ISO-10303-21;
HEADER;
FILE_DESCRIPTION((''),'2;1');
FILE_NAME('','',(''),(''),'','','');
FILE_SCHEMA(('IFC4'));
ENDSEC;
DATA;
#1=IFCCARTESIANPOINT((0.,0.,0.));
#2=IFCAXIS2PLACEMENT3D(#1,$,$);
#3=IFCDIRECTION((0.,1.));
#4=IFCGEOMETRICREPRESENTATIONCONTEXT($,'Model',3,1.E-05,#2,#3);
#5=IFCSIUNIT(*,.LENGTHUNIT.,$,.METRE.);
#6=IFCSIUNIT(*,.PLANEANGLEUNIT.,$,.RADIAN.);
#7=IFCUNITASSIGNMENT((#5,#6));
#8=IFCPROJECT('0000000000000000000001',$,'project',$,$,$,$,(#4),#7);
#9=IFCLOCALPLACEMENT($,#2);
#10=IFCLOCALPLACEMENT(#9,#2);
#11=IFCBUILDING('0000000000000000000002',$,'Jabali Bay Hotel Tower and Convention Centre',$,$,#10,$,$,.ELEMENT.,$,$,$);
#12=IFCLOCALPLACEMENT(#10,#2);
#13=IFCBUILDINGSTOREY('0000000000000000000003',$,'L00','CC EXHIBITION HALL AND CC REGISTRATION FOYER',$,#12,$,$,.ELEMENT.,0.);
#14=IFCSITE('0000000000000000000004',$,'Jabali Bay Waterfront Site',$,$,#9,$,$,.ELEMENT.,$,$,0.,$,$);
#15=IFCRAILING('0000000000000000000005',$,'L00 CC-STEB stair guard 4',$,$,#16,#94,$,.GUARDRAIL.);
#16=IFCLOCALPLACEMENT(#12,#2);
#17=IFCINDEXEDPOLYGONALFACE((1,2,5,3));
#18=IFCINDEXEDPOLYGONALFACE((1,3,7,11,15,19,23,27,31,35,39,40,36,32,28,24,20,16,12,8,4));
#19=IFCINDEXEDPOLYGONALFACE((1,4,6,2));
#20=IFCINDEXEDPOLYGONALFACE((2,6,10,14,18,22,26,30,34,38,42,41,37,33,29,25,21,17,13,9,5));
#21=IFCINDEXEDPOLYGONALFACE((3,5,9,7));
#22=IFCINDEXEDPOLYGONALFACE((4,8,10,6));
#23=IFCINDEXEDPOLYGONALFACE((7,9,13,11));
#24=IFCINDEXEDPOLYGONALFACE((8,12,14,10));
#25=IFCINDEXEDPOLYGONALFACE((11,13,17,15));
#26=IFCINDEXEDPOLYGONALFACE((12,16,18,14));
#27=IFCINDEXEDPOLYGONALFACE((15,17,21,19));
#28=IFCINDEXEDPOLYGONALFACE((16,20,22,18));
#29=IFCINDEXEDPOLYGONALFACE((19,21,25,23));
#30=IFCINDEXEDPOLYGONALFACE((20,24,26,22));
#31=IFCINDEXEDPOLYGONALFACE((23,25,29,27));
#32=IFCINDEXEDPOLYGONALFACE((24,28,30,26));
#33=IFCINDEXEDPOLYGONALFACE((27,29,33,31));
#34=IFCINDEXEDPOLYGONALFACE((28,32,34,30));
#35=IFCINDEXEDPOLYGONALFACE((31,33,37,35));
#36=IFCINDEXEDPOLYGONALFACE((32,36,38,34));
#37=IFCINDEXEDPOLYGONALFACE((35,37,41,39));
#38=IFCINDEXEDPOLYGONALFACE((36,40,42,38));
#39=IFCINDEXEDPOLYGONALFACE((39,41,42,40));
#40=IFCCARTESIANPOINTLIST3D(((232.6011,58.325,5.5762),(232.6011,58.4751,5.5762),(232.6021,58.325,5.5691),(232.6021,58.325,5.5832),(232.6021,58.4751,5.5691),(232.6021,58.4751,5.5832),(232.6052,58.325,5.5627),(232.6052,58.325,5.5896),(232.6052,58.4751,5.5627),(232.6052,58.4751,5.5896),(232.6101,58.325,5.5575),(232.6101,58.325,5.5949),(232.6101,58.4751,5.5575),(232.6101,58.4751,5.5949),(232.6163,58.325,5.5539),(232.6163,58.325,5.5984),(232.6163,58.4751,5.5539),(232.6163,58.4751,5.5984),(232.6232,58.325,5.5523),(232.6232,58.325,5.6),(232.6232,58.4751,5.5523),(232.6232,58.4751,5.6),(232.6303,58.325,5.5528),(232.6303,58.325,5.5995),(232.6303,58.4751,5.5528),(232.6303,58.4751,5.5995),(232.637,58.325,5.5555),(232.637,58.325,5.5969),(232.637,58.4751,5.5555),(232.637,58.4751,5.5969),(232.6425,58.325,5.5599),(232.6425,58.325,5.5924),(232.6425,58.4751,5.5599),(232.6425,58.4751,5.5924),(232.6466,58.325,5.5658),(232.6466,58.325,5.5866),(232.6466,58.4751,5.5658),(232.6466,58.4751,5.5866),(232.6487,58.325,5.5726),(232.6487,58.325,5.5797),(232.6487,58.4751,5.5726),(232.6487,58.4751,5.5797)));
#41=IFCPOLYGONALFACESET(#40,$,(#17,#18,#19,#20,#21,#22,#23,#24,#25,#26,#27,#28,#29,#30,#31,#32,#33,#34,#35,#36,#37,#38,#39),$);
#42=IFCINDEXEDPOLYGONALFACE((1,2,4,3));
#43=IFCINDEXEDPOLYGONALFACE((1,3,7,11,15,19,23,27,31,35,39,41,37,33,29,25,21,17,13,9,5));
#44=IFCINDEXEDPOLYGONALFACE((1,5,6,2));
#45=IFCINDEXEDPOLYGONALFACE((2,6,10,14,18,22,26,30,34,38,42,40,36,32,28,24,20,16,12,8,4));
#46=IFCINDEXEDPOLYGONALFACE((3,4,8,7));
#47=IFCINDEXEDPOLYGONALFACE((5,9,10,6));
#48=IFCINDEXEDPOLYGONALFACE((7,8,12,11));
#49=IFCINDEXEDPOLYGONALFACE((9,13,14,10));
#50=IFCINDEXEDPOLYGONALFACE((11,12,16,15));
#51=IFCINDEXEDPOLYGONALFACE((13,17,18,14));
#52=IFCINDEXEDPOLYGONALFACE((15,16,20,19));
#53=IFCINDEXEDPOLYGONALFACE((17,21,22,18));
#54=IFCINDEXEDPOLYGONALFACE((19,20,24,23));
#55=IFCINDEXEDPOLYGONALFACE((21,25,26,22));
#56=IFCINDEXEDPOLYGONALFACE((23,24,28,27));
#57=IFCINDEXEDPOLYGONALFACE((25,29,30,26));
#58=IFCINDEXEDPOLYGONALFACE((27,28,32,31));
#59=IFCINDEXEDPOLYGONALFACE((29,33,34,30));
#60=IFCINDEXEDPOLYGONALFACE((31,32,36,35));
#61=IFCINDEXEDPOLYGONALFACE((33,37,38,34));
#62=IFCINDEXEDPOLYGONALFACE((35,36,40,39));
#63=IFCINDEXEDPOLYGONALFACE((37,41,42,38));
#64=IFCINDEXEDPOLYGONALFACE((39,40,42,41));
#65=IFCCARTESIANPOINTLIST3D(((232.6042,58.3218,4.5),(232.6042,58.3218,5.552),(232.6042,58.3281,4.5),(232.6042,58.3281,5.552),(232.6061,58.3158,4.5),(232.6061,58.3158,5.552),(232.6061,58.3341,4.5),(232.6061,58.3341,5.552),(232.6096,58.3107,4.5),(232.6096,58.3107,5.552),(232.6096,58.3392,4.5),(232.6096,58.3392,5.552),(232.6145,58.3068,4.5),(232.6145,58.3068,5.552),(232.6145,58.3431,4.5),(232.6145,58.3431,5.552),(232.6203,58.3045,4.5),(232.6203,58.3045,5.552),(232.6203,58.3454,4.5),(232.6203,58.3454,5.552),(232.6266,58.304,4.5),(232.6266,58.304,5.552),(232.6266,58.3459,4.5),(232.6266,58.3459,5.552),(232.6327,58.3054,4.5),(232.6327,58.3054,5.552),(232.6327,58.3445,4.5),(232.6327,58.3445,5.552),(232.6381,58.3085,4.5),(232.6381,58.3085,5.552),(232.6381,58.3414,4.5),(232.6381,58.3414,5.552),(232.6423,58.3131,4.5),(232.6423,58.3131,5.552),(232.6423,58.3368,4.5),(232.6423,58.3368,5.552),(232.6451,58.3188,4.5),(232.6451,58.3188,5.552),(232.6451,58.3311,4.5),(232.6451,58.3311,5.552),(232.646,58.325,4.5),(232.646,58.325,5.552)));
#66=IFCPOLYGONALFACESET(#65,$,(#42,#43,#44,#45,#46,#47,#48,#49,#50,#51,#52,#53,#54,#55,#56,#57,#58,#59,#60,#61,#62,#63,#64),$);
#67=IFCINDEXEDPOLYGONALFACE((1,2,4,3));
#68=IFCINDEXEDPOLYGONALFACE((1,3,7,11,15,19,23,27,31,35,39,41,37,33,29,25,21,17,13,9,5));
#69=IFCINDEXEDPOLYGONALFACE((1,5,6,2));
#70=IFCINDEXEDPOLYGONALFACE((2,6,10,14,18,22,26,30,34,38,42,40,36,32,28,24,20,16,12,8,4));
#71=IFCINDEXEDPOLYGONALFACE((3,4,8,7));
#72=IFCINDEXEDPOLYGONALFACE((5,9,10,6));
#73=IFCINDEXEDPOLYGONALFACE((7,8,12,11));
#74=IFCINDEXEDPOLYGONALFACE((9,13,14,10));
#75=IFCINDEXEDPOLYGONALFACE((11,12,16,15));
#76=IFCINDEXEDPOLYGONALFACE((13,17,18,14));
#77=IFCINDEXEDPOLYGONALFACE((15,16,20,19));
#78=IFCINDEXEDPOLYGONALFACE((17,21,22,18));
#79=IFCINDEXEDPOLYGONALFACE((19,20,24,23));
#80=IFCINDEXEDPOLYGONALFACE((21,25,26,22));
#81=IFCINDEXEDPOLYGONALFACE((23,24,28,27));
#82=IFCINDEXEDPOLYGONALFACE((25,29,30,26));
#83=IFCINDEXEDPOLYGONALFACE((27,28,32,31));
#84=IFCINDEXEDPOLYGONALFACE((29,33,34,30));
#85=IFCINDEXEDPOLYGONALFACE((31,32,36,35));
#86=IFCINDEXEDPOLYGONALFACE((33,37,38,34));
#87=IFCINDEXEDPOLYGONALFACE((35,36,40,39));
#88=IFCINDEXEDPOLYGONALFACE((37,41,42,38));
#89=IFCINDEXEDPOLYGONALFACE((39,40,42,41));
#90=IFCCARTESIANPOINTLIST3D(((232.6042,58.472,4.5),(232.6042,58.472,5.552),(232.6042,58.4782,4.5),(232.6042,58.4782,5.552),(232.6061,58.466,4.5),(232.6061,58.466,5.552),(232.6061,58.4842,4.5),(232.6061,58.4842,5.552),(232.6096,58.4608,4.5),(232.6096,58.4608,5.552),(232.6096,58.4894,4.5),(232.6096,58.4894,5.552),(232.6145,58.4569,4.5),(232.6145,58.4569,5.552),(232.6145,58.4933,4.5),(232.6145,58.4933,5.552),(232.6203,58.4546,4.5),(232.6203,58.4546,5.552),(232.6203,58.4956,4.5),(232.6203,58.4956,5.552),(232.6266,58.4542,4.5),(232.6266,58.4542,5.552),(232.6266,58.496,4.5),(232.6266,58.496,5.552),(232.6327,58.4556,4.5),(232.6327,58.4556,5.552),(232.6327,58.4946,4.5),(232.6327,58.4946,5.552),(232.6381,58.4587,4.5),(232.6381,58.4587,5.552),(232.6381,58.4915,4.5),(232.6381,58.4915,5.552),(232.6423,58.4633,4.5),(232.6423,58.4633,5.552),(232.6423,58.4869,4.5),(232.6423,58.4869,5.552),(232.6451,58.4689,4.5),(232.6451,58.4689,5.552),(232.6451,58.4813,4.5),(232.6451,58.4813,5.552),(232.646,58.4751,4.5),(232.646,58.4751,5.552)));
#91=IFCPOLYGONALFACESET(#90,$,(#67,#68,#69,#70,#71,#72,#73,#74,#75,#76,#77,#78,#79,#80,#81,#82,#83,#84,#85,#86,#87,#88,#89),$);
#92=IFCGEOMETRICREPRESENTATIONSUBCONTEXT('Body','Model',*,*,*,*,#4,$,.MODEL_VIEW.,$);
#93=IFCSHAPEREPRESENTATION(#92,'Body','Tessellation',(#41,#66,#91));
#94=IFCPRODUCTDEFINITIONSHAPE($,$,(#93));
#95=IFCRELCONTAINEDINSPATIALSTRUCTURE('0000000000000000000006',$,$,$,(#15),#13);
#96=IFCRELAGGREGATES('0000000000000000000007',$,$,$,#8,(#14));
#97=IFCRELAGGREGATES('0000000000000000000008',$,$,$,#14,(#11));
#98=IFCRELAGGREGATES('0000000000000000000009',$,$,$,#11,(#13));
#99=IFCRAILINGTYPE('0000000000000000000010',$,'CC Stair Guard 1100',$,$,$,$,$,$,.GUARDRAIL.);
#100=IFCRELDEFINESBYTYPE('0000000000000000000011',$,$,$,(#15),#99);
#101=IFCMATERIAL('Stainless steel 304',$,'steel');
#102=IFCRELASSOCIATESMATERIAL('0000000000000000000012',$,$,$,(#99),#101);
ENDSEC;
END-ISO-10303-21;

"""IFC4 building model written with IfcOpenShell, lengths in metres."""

from ifc_helpers import new_model, si_unit, direction, frame, origin, origin_2d, place, context, subcontext, project, spatial, circle, extrude, material, type_object, element, save


model = new_model("IFC4")

# Units and contexts
model_context = context("Model", 3, precision=1e-05, world=origin(), true_north=direction((0.0, 1.0)))
body_context = subcontext(model_context, "Body", "Model", "MODEL_VIEW")
ifc_project = project(units=[si_unit("LENGTHUNIT", "METRE"), si_unit("PLANEANGLEUNIT", "RADIAN")], contexts=[model_context])

# Site, building, storey
site_placement = place(None, origin())
site = spatial("IfcSite", under=ifc_project, at=site_placement, Name="Jabali Bay Waterfront Site", CompositionType="ELEMENT", RefElevation=0.0)
building_placement = place(site_placement, origin())
building = spatial("IfcBuilding", under=site, at=building_placement, Name="Jabali Bay Hotel Tower and Convention Centre", CompositionType="ELEMENT")
storey_placement = place(building_placement, origin())
storey = spatial("IfcBuildingStorey", under=building, at=storey_placement, Name="L00", Description="CC EXHIBITION HALL AND CC REGISTRATION FOYER", CompositionType="ELEMENT", Elevation=0.0)

# Railing
ifc_material_1 = material(Name="Stainless steel 304", Category="steel")
railing_type_1 = type_object("IfcRailingType", Name="CC Stair Guard 1100", PredefinedType="GUARDRAIL", material=ifc_material_1)
railing_1_placement = place(storey_placement, frame((232.625, 58.325, 4.5)))
element("IfcRailing", 1, at=railing_1_placement, inside=storey, type_object=railing_type_1, Name="L00 CC-STEB stair guard 4", PredefinedType="GUARDRAIL", context=body_context, shape_type="SweptSolid", body=[
    extrude(circle(Radius=0.0239, at=origin_2d()), frame((0.0, 0.0, 1.0762), z_axis=(0.0, 1.0, 0.0), x_axis=(-1.0, 0.0, 0.0)), (0.0, 0.0, 1.0), 0.1501),
    extrude(circle(Radius=0.021, at=origin_2d()), origin(), (0.0, 0.0, 1.0), 1.052),
    extrude(circle(Radius=0.021, at=origin_2d()), frame((0.0, 0.1501, 0.0)), (0.0, 0.0, 1.0), 1.052),
])

save(model, "model.ifc")
